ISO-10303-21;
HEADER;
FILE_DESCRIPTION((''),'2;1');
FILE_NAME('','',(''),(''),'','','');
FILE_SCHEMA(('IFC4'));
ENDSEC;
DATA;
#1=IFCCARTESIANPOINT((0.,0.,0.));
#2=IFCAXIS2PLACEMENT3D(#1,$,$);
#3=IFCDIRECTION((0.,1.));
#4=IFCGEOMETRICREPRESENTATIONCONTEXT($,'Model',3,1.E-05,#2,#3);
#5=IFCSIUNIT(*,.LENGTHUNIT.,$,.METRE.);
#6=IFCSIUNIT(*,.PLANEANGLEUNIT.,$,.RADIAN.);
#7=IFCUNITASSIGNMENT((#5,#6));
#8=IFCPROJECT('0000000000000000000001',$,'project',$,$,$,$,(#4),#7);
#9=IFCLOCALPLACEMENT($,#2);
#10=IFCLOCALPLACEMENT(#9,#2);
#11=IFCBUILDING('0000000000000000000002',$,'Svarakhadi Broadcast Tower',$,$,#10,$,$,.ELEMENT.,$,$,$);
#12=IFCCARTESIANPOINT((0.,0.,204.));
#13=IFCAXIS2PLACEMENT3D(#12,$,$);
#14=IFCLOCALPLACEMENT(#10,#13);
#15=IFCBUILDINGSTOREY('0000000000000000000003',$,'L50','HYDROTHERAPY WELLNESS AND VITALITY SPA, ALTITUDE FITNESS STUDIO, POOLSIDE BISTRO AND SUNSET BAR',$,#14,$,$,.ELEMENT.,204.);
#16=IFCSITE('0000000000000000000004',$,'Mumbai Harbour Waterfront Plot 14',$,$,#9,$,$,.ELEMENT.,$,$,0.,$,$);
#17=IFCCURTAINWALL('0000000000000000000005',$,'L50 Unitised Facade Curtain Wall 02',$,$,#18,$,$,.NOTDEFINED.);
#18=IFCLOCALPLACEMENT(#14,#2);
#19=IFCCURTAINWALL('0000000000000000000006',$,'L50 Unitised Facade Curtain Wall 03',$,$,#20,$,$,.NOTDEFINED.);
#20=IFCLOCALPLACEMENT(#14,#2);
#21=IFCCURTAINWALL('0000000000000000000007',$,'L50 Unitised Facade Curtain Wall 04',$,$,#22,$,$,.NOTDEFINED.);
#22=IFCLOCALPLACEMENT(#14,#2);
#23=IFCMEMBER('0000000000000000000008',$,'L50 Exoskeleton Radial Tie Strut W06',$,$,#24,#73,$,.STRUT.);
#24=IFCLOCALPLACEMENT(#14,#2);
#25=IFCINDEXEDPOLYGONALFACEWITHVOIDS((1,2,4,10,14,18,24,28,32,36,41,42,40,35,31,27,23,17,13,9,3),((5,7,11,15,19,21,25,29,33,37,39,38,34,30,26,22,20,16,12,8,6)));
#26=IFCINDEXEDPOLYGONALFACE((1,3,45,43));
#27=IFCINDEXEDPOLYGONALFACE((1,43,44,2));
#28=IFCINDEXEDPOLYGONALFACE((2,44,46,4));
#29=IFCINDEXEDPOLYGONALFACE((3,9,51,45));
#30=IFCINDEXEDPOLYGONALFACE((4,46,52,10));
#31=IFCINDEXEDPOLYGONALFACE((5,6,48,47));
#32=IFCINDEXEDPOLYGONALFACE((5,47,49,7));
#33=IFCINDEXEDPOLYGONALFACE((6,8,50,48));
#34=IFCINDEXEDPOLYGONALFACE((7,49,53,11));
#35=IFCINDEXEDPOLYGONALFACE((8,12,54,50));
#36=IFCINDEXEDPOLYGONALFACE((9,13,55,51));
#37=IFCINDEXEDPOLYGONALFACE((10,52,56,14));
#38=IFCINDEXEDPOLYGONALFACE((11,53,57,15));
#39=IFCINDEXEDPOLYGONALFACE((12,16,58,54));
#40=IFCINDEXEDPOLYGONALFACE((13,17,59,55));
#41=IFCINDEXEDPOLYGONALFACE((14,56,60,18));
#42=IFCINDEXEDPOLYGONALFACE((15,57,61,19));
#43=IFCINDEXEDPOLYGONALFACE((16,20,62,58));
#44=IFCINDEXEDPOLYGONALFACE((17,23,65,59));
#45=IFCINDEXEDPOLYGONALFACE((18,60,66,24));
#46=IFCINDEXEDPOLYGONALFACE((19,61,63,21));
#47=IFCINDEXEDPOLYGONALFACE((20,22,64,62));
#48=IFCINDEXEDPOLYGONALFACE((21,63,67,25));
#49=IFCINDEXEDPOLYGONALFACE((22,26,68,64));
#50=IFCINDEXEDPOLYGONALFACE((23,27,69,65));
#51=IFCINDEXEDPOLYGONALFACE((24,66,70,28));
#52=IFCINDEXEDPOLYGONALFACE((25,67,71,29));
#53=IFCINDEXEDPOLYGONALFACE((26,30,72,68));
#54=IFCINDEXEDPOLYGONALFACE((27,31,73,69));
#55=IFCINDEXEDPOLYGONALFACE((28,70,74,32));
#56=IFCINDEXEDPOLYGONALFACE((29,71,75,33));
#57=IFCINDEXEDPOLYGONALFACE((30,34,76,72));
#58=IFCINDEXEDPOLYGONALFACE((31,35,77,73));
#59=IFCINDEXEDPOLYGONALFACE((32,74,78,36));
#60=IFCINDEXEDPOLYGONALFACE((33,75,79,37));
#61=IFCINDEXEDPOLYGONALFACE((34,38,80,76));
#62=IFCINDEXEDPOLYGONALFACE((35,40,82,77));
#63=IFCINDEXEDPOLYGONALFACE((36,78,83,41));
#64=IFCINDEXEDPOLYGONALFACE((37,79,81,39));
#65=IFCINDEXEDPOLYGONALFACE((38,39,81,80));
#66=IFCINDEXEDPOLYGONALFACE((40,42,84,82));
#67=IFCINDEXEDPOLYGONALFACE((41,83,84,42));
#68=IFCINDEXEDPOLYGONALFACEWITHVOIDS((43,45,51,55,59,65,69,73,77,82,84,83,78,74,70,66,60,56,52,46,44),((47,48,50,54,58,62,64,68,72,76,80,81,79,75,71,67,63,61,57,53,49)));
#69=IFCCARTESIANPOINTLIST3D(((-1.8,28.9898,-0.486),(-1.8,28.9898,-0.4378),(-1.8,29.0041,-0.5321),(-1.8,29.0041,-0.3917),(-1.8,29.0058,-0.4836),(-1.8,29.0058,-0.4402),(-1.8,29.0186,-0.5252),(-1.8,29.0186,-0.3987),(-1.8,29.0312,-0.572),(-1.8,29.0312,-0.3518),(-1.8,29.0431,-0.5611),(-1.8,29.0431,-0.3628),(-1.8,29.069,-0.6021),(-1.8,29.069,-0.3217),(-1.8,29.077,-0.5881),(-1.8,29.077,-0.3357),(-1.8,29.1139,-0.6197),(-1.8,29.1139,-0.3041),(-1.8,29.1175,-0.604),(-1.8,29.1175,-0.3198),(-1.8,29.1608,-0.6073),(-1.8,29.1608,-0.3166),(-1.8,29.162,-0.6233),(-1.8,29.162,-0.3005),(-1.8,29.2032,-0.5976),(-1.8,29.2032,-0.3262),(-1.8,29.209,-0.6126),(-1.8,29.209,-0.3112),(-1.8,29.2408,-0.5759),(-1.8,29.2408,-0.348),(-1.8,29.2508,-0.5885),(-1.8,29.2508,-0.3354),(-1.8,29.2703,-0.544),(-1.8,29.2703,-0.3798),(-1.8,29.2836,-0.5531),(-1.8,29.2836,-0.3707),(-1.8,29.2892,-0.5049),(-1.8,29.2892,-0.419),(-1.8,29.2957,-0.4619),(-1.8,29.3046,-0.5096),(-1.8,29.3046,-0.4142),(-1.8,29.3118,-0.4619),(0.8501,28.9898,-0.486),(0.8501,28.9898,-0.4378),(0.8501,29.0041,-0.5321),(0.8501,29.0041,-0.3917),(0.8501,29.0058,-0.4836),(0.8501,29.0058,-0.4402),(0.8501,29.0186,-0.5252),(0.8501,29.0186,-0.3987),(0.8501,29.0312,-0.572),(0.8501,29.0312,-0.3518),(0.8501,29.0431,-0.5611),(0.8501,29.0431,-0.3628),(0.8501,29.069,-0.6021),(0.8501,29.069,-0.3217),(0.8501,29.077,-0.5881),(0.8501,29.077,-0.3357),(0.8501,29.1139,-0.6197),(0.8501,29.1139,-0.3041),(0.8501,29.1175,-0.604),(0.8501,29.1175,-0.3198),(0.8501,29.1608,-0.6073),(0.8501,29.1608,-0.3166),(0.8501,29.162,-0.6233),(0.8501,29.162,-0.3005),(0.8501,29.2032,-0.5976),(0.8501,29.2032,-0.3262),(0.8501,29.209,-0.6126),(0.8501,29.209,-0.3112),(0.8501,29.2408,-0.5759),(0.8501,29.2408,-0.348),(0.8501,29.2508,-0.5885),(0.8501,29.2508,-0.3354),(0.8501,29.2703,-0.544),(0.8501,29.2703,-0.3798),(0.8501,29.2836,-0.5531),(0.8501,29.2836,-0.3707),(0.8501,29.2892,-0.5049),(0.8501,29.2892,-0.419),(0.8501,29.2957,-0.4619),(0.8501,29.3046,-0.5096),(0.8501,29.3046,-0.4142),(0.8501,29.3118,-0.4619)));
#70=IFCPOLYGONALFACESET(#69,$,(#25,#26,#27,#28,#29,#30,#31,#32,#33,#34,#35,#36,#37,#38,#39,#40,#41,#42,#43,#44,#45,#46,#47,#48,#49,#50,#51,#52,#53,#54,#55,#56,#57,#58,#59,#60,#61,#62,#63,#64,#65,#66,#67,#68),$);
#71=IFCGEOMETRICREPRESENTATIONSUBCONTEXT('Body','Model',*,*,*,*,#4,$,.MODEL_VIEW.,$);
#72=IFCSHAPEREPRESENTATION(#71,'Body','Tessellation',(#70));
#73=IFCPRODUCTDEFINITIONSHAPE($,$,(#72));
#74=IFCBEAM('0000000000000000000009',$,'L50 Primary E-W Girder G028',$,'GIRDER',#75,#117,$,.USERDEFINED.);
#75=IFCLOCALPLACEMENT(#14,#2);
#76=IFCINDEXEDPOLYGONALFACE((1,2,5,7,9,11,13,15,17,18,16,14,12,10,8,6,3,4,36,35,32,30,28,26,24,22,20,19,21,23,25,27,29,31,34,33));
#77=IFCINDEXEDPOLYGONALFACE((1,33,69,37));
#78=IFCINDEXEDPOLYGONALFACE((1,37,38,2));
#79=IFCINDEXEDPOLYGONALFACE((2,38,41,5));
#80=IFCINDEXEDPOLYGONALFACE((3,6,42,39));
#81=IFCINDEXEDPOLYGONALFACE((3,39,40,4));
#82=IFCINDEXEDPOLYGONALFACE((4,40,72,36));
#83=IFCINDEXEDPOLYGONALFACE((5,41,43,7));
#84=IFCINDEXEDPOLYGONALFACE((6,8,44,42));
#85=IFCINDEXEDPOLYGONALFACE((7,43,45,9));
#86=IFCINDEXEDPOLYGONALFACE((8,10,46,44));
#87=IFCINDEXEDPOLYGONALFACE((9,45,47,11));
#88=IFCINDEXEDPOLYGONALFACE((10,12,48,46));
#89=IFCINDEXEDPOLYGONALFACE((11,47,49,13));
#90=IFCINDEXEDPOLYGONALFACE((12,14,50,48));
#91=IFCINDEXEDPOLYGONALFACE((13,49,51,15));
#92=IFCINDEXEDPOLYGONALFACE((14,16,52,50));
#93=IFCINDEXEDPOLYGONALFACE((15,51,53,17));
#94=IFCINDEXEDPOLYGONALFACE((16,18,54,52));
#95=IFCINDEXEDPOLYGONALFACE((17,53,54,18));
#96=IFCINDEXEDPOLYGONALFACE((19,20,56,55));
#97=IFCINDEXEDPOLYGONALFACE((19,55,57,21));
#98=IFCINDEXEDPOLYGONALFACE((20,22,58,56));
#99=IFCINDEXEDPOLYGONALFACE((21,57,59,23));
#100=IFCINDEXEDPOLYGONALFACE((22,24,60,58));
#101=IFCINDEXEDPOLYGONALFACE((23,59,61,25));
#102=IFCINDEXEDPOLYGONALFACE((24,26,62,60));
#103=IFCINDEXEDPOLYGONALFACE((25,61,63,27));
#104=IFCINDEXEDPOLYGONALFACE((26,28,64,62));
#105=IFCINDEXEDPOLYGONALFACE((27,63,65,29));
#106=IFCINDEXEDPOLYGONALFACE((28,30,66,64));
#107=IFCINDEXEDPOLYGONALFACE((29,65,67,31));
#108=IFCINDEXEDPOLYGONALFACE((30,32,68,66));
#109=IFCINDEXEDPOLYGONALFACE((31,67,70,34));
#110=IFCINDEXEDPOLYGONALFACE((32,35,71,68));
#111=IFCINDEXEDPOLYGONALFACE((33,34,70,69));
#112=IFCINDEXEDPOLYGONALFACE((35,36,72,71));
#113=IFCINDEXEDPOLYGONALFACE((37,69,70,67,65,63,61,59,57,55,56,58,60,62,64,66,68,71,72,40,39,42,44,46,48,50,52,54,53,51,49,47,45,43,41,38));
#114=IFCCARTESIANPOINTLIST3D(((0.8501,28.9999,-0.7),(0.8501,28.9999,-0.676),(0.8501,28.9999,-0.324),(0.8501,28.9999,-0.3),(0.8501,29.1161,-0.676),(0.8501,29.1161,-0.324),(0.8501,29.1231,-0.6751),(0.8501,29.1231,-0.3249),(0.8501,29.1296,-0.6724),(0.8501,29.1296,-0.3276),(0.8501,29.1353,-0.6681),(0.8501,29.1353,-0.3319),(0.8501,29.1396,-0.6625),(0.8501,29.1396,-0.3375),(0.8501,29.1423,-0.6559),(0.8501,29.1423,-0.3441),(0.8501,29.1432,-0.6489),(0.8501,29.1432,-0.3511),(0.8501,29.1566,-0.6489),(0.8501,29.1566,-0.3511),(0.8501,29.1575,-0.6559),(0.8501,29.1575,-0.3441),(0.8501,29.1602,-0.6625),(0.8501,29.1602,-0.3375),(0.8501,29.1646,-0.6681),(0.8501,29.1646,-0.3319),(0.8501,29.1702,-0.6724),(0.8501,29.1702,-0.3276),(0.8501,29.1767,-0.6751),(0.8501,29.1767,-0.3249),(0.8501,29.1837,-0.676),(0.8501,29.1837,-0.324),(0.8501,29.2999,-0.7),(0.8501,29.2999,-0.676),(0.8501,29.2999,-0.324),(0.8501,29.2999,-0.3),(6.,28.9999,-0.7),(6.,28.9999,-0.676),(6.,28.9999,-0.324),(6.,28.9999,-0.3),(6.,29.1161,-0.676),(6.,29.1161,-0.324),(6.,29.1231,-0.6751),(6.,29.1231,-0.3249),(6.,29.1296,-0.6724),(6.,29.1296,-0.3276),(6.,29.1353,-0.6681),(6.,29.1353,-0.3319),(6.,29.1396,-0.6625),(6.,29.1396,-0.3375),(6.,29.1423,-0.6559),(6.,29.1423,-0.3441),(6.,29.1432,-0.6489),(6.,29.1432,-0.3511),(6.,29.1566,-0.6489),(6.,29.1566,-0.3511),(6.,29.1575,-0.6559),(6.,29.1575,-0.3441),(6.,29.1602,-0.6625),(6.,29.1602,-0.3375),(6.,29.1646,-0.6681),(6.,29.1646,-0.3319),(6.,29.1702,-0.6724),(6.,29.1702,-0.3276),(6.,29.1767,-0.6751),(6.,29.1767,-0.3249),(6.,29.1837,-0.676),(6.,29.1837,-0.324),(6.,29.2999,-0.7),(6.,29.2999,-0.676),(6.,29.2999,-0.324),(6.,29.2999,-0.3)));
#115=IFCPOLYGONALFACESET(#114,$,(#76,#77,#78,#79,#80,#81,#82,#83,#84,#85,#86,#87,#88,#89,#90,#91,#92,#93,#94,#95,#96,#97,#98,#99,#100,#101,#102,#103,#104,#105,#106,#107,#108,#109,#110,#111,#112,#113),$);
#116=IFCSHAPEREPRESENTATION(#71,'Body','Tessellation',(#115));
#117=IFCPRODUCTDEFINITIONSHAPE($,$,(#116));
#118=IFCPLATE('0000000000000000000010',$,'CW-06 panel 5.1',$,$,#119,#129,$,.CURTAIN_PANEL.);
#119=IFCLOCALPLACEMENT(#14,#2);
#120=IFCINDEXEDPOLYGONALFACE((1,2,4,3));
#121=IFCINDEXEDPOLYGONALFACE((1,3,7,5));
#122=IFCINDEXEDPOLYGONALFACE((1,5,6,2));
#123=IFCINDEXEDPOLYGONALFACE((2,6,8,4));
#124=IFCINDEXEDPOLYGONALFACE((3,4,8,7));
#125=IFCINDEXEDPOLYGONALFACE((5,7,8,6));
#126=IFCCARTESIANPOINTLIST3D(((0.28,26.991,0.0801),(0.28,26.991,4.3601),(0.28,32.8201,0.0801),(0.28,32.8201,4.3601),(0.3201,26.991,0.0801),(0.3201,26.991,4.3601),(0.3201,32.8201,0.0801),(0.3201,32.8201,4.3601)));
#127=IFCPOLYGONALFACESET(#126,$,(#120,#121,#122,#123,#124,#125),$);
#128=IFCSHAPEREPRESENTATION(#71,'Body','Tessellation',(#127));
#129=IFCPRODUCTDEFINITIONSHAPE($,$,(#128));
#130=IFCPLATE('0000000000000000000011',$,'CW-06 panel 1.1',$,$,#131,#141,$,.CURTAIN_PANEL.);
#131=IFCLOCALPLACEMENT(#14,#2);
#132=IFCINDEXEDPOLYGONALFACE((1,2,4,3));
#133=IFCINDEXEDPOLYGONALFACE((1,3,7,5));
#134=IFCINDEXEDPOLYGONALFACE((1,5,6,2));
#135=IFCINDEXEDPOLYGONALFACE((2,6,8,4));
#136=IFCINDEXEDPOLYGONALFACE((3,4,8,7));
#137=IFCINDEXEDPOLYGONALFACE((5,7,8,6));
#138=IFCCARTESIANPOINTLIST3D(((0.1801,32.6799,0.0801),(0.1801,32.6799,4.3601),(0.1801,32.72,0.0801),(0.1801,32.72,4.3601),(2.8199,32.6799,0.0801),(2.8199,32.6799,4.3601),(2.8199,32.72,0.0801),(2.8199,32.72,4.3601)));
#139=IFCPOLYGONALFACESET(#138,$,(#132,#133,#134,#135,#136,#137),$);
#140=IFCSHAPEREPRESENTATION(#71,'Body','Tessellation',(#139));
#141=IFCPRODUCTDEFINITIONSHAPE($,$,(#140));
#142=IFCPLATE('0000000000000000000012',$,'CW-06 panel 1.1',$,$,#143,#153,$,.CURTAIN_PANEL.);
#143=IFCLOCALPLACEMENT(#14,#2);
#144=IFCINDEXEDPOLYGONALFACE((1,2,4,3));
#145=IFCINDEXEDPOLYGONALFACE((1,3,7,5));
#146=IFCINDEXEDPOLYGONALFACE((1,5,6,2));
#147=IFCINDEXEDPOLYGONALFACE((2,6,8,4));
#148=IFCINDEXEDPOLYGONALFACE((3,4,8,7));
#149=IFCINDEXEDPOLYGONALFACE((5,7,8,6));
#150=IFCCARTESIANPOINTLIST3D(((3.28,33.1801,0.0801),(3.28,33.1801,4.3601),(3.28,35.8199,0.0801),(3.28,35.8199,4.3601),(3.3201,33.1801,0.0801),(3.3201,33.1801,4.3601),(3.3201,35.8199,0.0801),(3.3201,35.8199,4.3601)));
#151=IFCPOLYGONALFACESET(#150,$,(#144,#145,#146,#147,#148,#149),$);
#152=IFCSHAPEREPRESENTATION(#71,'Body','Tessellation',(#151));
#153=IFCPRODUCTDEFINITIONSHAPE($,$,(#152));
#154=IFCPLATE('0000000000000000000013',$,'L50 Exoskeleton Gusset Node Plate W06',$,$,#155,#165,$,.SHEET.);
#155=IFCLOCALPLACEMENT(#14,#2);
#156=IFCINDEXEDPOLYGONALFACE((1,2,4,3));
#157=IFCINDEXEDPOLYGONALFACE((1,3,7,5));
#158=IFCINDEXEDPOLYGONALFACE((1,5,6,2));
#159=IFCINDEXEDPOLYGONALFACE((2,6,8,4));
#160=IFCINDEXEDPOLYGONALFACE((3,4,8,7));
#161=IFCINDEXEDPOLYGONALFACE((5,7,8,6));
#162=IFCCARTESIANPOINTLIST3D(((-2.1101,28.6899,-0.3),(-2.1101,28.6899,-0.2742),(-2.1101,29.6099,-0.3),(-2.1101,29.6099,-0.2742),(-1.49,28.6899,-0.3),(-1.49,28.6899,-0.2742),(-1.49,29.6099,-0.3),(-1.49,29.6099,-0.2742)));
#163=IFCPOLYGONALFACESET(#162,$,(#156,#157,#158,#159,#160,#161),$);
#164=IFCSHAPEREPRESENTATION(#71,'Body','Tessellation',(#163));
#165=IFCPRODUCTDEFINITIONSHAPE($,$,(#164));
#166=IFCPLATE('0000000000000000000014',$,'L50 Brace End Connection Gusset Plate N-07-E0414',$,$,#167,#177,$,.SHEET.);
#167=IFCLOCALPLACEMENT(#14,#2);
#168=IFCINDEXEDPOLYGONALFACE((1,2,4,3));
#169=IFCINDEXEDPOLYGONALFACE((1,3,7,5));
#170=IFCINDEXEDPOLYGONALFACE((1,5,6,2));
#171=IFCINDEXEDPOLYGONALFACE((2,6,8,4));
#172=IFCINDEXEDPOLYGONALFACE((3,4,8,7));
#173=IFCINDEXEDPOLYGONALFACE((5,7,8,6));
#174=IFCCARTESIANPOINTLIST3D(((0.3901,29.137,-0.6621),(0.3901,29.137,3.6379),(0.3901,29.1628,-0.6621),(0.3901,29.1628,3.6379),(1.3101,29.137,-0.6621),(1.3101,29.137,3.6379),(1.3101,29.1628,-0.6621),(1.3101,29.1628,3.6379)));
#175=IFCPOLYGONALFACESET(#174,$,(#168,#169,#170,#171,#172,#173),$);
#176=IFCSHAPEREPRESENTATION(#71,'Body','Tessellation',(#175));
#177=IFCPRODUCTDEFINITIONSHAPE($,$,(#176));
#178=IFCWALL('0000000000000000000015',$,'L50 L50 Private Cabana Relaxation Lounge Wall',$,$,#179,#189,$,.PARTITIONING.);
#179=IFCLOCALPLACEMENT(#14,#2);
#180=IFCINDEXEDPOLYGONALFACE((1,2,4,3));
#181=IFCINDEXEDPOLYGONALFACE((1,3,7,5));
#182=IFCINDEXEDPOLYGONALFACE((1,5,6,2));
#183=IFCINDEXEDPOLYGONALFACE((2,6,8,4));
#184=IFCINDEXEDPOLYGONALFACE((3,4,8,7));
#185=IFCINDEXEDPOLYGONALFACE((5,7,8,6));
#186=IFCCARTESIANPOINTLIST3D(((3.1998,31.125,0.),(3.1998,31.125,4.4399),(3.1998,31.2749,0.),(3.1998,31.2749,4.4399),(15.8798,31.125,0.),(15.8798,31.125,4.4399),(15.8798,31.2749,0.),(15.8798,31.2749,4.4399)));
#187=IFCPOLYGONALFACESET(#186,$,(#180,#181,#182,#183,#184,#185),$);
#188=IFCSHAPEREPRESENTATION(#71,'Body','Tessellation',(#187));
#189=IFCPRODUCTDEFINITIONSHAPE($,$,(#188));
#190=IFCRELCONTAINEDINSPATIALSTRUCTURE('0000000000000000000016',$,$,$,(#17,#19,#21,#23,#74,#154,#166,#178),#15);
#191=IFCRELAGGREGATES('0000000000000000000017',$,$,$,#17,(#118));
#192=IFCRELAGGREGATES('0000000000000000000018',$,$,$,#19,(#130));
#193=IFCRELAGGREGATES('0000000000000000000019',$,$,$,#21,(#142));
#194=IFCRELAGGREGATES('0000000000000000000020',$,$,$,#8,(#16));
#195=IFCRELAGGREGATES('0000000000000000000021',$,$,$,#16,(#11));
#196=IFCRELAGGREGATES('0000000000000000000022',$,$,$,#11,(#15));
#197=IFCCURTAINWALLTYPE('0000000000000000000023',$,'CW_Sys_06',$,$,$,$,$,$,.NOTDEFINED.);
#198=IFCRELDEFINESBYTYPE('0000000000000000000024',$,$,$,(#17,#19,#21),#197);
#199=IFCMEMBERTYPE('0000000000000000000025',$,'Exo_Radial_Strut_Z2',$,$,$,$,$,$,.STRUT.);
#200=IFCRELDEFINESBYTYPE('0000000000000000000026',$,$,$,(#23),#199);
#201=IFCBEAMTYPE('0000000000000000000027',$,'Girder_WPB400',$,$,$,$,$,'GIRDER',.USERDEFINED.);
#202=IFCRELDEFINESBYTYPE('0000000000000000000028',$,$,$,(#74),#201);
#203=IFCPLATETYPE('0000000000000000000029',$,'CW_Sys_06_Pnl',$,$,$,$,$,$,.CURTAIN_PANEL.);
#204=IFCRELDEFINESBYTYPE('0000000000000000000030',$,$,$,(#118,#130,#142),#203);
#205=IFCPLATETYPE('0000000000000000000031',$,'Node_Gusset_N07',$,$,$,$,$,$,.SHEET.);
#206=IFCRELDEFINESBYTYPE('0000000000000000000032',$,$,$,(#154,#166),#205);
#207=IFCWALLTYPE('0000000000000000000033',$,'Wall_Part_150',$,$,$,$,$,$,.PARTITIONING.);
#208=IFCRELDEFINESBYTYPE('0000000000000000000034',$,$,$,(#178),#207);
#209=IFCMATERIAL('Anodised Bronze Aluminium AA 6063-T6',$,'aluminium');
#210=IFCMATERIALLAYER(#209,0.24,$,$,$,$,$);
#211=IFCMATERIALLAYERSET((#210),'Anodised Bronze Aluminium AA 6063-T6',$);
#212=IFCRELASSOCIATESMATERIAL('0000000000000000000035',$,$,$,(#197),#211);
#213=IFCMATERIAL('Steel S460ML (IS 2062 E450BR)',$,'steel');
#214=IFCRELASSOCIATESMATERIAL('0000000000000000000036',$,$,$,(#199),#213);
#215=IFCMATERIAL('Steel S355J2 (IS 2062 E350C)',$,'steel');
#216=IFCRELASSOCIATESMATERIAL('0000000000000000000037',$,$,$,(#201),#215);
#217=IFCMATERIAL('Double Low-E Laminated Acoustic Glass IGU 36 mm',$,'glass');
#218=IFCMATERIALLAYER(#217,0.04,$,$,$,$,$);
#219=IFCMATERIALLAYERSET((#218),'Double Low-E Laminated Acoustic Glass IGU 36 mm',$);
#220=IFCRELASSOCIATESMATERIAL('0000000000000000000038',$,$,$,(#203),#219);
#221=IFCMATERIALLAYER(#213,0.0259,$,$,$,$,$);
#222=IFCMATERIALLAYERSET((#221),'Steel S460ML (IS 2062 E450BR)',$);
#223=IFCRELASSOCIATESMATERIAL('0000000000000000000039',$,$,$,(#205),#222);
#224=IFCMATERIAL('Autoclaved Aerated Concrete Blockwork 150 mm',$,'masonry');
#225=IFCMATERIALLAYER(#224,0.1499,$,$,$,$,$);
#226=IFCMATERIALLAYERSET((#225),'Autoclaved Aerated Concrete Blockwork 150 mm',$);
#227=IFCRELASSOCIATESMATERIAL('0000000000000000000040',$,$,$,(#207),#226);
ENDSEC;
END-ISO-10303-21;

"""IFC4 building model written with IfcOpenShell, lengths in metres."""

from ifc_helpers import new_model, si_unit, direction, frame, frame_2d, origin, origin_2d, place, context, subcontext, project, spatial, rectangle, hollow_circle, i_section, extrude, material, layer, layer_set, material_profile, profile_set, type_object, element, aggregate, save


model = new_model("IFC4")

# Units and contexts
model_context = context("Model", 3, precision=1e-05, world=origin(), true_north=direction((0.0, 1.0)))
body_context = subcontext(model_context, "Body", "Model", "MODEL_VIEW")
ifc_project = project(units=[si_unit("LENGTHUNIT", "METRE"), si_unit("PLANEANGLEUNIT", "RADIAN")], contexts=[model_context])

# Site, building, storey
site_placement = place(None, origin())
site = spatial("IfcSite", under=ifc_project, at=site_placement, Name="Mumbai Harbour Waterfront Plot 14", CompositionType="ELEMENT", RefElevation=0.0)
building_placement = place(site_placement, origin())
building = spatial("IfcBuilding", under=site, at=building_placement, Name="Svarakhadi Broadcast Tower", CompositionType="ELEMENT")
storey_placement = place(building_placement, frame((0.0, 0.0, 204.0)))
storey = spatial("IfcBuildingStorey", under=building, at=storey_placement, Name="L50", Description="HYDROTHERAPY WELLNESS AND VITALITY SPA, ALTITUDE FITNESS STUDIO, POOLSIDE BISTRO AND SUNSET BAR", CompositionType="ELEMENT", Elevation=204.0)

# Shared definitions
ifc_material_1 = material(Name="Steel S460ML (IS 2062 E450BR)", Category="steel")

# Curtain wall
ifc_material_2 = material(Name="Anodised Bronze Aluminium AA 6063-T6", Category="aluminium")
ifc_layer_1 = layer(ifc_material_2, 0.24)
ifc_layer_set_1 = layer_set([ifc_layer_1], Name="Anodised Bronze Aluminium AA 6063-T6")
curtain_wall_type = type_object("IfcCurtainWallType", Name="CW_Sys_06", PredefinedType="NOTDEFINED", material=ifc_layer_set_1)
curtain_wall_1_placement = place(storey_placement, origin())
curtain_wall_1 = element("IfcCurtainWall", 1, at=curtain_wall_1_placement, inside=storey, type_object=curtain_wall_type, Name="L50 Unitised Facade Curtain Wall 02", PredefinedType="NOTDEFINED")

# Curtain walls
curtain_wall_2_placement = place(storey_placement, origin())
curtain_wall_2 = element("IfcCurtainWall", 2, at=curtain_wall_2_placement, inside=storey, type_object=curtain_wall_type, Name="L50 Unitised Facade Curtain Wall 03", PredefinedType="NOTDEFINED")
curtain_wall_3_placement = place(storey_placement, origin())
curtain_wall_3 = element("IfcCurtainWall", 3, at=curtain_wall_3_placement, inside=storey, type_object=curtain_wall_type, Name="L50 Unitised Facade Curtain Wall 04", PredefinedType="NOTDEFINED")

# Member
ifc_material_profile_1 = material_profile(ifc_material_1, hollow_circle(Radius=0.1619, WallThickness=0.0161, at=origin_2d()), Name="CHS 323.9x16")
ifc_profile_set_1 = profile_set([ifc_material_profile_1], Name="Steel S460ML (IS 2062 E450BR)")
member_type_1 = type_object("IfcMemberType", Name="Exo_Radial_Strut_Z2", PredefinedType="STRUT", material=ifc_profile_set_1)
member_1_placement = place(storey_placement, frame((-1.8, 29.1499, -0.4619), z_axis=(1.0, 0.0, 0.0), x_axis=(0.0, 1.0, 0.0)))
element("IfcMember", 4, at=member_1_placement, inside=storey, type_object=member_type_1, Name="L50 Exoskeleton Radial Tie Strut W06", PredefinedType="STRUT", context=body_context, shape_type="SweptSolid", body=[
    extrude(hollow_circle(Radius=0.1619, WallThickness=0.0161, at=origin_2d()), origin(), (0.0, 0.0, 1.0), 2.6501),
])

# Beam
ifc_material_3 = material(Name="Steel S355J2 (IS 2062 E350C)", Category="steel")
ifc_material_profile_2 = material_profile(ifc_material_3, i_section(OverallWidth=0.3, OverallDepth=0.3999, WebThickness=0.0134, FlangeThickness=0.0239, FilletRadius=0.0271, at=origin_2d()), Name="WPB 400x300x155")
ifc_profile_set_2 = profile_set([ifc_material_profile_2], Name="Steel S355J2 (IS 2062 E350C)")
beam_type = type_object("IfcBeamType", Name="Girder_WPB400", ElementType="GIRDER", PredefinedType="USERDEFINED", material=ifc_profile_set_2)
beam_placement = place(storey_placement, frame((0.8501, 29.1499, -0.5), z_axis=(1.0, 0.0, 0.0), x_axis=(0.0, 1.0, 0.0)))
element("IfcBeam", 5, at=beam_placement, inside=storey, type_object=beam_type, Name="L50 Primary E-W Girder G028", ObjectType="GIRDER", PredefinedType="USERDEFINED", context=body_context, shape_type="SweptSolid", body=[
    extrude(i_section(OverallWidth=0.3, OverallDepth=0.3999, WebThickness=0.0134, FlangeThickness=0.0239, FilletRadius=0.0271, at=origin_2d()), origin(), (0.0, 0.0, 1.0), 5.1499),
])

# Plates
ifc_material_4 = material(Name="Double Low-E Laminated Acoustic Glass IGU 36 mm", Category="glass")
ifc_layer_2 = layer(ifc_material_4, 0.04)
ifc_layer_set_2 = layer_set([ifc_layer_2], Name="Double Low-E Laminated Acoustic Glass IGU 36 mm")
plate_type_1 = type_object("IfcPlateType", Name="CW_Sys_06_Pnl", PredefinedType="CURTAIN_PANEL", material=ifc_layer_set_2)
plate_1_placement = place(storey_placement, frame((0.3, 29.9055, 0.0801), z_axis=(0.0, 0.0, 1.0), x_axis=(0.0, 1.0, 0.0)))
plate_1 = element("IfcPlate", 6, at=plate_1_placement, type_object=plate_type_1, Name="CW-06 panel 5.1", PredefinedType="CURTAIN_PANEL", context=body_context, shape_type="SweptSolid", body=[
    extrude(rectangle(XDim=5.8291, YDim=0.04, at=origin_2d()), origin(), (0.0, 0.0, 1.0), 4.28),
])
aggregate(curtain_wall_1, [plate_1])
plate_2_placement = place(storey_placement, frame((1.5, 32.7, 0.0801), z_axis=(0.0, 0.0, 1.0), x_axis=(1.0, 0.0, 0.0)))
plate_2 = element("IfcPlate", 7, at=plate_2_placement, type_object=plate_type_1, Name="CW-06 panel 1.1", PredefinedType="CURTAIN_PANEL", context=body_context, shape_type="SweptSolid", body=[
    extrude(rectangle(XDim=2.6399, YDim=0.04, at=origin_2d()), origin(), (0.0, 0.0, 1.0), 4.28),
])
aggregate(curtain_wall_2, [plate_2])
plate_3_placement = place(storey_placement, frame((3.3, 34.5, 0.0801), z_axis=(0.0, 0.0, 1.0), x_axis=(0.0, 1.0, 0.0)))
plate_3 = element("IfcPlate", 8, at=plate_3_placement, type_object=plate_type_1, Name="CW-06 panel 1.1", PredefinedType="CURTAIN_PANEL", context=body_context, shape_type="SweptSolid", body=[
    extrude(rectangle(XDim=2.6399, YDim=0.04, at=origin_2d()), origin(), (0.0, 0.0, 1.0), 4.28),
])
aggregate(curtain_wall_3, [plate_3])

# Plates
ifc_layer_3 = layer(ifc_material_1, 0.0259)
ifc_layer_set_3 = layer_set([ifc_layer_3], Name="Steel S460ML (IS 2062 E450BR)")
plate_type_2 = type_object("IfcPlateType", Name="Node_Gusset_N07", PredefinedType="SHEET", material=ifc_layer_set_3)
plate_4_placement = place(storey_placement, frame((-1.8, 29.1499, -0.3), z_axis=(0.0, 0.0, 1.0), x_axis=(0.0, 1.0, 0.0)))
element("IfcPlate", 9, at=plate_4_placement, inside=storey, type_object=plate_type_2, Name="L50 Exoskeleton Gusset Node Plate W06", PredefinedType="SHEET", context=body_context, shape_type="SweptSolid", body=[
    extrude(rectangle(XDim=0.9199, YDim=0.6201, at=origin_2d()), origin(), (0.0, 0.0, 1.0), 0.0259),
])
plate_5_placement = place(storey_placement, frame((0.8501, 29.1499, -0.6621), z_axis=(0.0, 0.0, 1.0), x_axis=(1.0, 0.0, 0.0)))
element("IfcPlate", 10, at=plate_5_placement, inside=storey, type_object=plate_type_2, Name="L50 Brace End Connection Gusset Plate N-07-E0414", PredefinedType="SHEET", context=body_context, shape_type="SweptSolid", body=[
    extrude(rectangle(XDim=0.9199, YDim=0.0259, at=origin_2d()), origin(), (0.0, 0.0, 1.0), 4.3),
])

# Wall
ifc_material_5 = material(Name="Autoclaved Aerated Concrete Blockwork 150 mm", Category="masonry")
ifc_layer_4 = layer(ifc_material_5, 0.1499)
ifc_layer_set_4 = layer_set([ifc_layer_4], Name="Autoclaved Aerated Concrete Blockwork 150 mm")
wall_type_1 = type_object("IfcWallType", Name="Wall_Part_150", PredefinedType="PARTITIONING", material=ifc_layer_set_4)
wall_1_placement = place(storey_placement, frame((3.2, 31.2, 0.0), z_axis=(0.0, 0.0, 1.0), x_axis=(1.0, 0.0, 0.0)))
element("IfcWall", 11, at=wall_1_placement, inside=storey, type_object=wall_type_1, Name="L50 L50 Private Cabana Relaxation Lounge Wall", PredefinedType="PARTITIONING", context=body_context, shape_type="SweptSolid", body=[
    extrude(rectangle(XDim=12.6799, YDim=0.1499, at=frame_2d((6.3398, 0.0))), origin(), (0.0, 0.0, 1.0), 4.4399),
])

save(model, "model.ifc")
